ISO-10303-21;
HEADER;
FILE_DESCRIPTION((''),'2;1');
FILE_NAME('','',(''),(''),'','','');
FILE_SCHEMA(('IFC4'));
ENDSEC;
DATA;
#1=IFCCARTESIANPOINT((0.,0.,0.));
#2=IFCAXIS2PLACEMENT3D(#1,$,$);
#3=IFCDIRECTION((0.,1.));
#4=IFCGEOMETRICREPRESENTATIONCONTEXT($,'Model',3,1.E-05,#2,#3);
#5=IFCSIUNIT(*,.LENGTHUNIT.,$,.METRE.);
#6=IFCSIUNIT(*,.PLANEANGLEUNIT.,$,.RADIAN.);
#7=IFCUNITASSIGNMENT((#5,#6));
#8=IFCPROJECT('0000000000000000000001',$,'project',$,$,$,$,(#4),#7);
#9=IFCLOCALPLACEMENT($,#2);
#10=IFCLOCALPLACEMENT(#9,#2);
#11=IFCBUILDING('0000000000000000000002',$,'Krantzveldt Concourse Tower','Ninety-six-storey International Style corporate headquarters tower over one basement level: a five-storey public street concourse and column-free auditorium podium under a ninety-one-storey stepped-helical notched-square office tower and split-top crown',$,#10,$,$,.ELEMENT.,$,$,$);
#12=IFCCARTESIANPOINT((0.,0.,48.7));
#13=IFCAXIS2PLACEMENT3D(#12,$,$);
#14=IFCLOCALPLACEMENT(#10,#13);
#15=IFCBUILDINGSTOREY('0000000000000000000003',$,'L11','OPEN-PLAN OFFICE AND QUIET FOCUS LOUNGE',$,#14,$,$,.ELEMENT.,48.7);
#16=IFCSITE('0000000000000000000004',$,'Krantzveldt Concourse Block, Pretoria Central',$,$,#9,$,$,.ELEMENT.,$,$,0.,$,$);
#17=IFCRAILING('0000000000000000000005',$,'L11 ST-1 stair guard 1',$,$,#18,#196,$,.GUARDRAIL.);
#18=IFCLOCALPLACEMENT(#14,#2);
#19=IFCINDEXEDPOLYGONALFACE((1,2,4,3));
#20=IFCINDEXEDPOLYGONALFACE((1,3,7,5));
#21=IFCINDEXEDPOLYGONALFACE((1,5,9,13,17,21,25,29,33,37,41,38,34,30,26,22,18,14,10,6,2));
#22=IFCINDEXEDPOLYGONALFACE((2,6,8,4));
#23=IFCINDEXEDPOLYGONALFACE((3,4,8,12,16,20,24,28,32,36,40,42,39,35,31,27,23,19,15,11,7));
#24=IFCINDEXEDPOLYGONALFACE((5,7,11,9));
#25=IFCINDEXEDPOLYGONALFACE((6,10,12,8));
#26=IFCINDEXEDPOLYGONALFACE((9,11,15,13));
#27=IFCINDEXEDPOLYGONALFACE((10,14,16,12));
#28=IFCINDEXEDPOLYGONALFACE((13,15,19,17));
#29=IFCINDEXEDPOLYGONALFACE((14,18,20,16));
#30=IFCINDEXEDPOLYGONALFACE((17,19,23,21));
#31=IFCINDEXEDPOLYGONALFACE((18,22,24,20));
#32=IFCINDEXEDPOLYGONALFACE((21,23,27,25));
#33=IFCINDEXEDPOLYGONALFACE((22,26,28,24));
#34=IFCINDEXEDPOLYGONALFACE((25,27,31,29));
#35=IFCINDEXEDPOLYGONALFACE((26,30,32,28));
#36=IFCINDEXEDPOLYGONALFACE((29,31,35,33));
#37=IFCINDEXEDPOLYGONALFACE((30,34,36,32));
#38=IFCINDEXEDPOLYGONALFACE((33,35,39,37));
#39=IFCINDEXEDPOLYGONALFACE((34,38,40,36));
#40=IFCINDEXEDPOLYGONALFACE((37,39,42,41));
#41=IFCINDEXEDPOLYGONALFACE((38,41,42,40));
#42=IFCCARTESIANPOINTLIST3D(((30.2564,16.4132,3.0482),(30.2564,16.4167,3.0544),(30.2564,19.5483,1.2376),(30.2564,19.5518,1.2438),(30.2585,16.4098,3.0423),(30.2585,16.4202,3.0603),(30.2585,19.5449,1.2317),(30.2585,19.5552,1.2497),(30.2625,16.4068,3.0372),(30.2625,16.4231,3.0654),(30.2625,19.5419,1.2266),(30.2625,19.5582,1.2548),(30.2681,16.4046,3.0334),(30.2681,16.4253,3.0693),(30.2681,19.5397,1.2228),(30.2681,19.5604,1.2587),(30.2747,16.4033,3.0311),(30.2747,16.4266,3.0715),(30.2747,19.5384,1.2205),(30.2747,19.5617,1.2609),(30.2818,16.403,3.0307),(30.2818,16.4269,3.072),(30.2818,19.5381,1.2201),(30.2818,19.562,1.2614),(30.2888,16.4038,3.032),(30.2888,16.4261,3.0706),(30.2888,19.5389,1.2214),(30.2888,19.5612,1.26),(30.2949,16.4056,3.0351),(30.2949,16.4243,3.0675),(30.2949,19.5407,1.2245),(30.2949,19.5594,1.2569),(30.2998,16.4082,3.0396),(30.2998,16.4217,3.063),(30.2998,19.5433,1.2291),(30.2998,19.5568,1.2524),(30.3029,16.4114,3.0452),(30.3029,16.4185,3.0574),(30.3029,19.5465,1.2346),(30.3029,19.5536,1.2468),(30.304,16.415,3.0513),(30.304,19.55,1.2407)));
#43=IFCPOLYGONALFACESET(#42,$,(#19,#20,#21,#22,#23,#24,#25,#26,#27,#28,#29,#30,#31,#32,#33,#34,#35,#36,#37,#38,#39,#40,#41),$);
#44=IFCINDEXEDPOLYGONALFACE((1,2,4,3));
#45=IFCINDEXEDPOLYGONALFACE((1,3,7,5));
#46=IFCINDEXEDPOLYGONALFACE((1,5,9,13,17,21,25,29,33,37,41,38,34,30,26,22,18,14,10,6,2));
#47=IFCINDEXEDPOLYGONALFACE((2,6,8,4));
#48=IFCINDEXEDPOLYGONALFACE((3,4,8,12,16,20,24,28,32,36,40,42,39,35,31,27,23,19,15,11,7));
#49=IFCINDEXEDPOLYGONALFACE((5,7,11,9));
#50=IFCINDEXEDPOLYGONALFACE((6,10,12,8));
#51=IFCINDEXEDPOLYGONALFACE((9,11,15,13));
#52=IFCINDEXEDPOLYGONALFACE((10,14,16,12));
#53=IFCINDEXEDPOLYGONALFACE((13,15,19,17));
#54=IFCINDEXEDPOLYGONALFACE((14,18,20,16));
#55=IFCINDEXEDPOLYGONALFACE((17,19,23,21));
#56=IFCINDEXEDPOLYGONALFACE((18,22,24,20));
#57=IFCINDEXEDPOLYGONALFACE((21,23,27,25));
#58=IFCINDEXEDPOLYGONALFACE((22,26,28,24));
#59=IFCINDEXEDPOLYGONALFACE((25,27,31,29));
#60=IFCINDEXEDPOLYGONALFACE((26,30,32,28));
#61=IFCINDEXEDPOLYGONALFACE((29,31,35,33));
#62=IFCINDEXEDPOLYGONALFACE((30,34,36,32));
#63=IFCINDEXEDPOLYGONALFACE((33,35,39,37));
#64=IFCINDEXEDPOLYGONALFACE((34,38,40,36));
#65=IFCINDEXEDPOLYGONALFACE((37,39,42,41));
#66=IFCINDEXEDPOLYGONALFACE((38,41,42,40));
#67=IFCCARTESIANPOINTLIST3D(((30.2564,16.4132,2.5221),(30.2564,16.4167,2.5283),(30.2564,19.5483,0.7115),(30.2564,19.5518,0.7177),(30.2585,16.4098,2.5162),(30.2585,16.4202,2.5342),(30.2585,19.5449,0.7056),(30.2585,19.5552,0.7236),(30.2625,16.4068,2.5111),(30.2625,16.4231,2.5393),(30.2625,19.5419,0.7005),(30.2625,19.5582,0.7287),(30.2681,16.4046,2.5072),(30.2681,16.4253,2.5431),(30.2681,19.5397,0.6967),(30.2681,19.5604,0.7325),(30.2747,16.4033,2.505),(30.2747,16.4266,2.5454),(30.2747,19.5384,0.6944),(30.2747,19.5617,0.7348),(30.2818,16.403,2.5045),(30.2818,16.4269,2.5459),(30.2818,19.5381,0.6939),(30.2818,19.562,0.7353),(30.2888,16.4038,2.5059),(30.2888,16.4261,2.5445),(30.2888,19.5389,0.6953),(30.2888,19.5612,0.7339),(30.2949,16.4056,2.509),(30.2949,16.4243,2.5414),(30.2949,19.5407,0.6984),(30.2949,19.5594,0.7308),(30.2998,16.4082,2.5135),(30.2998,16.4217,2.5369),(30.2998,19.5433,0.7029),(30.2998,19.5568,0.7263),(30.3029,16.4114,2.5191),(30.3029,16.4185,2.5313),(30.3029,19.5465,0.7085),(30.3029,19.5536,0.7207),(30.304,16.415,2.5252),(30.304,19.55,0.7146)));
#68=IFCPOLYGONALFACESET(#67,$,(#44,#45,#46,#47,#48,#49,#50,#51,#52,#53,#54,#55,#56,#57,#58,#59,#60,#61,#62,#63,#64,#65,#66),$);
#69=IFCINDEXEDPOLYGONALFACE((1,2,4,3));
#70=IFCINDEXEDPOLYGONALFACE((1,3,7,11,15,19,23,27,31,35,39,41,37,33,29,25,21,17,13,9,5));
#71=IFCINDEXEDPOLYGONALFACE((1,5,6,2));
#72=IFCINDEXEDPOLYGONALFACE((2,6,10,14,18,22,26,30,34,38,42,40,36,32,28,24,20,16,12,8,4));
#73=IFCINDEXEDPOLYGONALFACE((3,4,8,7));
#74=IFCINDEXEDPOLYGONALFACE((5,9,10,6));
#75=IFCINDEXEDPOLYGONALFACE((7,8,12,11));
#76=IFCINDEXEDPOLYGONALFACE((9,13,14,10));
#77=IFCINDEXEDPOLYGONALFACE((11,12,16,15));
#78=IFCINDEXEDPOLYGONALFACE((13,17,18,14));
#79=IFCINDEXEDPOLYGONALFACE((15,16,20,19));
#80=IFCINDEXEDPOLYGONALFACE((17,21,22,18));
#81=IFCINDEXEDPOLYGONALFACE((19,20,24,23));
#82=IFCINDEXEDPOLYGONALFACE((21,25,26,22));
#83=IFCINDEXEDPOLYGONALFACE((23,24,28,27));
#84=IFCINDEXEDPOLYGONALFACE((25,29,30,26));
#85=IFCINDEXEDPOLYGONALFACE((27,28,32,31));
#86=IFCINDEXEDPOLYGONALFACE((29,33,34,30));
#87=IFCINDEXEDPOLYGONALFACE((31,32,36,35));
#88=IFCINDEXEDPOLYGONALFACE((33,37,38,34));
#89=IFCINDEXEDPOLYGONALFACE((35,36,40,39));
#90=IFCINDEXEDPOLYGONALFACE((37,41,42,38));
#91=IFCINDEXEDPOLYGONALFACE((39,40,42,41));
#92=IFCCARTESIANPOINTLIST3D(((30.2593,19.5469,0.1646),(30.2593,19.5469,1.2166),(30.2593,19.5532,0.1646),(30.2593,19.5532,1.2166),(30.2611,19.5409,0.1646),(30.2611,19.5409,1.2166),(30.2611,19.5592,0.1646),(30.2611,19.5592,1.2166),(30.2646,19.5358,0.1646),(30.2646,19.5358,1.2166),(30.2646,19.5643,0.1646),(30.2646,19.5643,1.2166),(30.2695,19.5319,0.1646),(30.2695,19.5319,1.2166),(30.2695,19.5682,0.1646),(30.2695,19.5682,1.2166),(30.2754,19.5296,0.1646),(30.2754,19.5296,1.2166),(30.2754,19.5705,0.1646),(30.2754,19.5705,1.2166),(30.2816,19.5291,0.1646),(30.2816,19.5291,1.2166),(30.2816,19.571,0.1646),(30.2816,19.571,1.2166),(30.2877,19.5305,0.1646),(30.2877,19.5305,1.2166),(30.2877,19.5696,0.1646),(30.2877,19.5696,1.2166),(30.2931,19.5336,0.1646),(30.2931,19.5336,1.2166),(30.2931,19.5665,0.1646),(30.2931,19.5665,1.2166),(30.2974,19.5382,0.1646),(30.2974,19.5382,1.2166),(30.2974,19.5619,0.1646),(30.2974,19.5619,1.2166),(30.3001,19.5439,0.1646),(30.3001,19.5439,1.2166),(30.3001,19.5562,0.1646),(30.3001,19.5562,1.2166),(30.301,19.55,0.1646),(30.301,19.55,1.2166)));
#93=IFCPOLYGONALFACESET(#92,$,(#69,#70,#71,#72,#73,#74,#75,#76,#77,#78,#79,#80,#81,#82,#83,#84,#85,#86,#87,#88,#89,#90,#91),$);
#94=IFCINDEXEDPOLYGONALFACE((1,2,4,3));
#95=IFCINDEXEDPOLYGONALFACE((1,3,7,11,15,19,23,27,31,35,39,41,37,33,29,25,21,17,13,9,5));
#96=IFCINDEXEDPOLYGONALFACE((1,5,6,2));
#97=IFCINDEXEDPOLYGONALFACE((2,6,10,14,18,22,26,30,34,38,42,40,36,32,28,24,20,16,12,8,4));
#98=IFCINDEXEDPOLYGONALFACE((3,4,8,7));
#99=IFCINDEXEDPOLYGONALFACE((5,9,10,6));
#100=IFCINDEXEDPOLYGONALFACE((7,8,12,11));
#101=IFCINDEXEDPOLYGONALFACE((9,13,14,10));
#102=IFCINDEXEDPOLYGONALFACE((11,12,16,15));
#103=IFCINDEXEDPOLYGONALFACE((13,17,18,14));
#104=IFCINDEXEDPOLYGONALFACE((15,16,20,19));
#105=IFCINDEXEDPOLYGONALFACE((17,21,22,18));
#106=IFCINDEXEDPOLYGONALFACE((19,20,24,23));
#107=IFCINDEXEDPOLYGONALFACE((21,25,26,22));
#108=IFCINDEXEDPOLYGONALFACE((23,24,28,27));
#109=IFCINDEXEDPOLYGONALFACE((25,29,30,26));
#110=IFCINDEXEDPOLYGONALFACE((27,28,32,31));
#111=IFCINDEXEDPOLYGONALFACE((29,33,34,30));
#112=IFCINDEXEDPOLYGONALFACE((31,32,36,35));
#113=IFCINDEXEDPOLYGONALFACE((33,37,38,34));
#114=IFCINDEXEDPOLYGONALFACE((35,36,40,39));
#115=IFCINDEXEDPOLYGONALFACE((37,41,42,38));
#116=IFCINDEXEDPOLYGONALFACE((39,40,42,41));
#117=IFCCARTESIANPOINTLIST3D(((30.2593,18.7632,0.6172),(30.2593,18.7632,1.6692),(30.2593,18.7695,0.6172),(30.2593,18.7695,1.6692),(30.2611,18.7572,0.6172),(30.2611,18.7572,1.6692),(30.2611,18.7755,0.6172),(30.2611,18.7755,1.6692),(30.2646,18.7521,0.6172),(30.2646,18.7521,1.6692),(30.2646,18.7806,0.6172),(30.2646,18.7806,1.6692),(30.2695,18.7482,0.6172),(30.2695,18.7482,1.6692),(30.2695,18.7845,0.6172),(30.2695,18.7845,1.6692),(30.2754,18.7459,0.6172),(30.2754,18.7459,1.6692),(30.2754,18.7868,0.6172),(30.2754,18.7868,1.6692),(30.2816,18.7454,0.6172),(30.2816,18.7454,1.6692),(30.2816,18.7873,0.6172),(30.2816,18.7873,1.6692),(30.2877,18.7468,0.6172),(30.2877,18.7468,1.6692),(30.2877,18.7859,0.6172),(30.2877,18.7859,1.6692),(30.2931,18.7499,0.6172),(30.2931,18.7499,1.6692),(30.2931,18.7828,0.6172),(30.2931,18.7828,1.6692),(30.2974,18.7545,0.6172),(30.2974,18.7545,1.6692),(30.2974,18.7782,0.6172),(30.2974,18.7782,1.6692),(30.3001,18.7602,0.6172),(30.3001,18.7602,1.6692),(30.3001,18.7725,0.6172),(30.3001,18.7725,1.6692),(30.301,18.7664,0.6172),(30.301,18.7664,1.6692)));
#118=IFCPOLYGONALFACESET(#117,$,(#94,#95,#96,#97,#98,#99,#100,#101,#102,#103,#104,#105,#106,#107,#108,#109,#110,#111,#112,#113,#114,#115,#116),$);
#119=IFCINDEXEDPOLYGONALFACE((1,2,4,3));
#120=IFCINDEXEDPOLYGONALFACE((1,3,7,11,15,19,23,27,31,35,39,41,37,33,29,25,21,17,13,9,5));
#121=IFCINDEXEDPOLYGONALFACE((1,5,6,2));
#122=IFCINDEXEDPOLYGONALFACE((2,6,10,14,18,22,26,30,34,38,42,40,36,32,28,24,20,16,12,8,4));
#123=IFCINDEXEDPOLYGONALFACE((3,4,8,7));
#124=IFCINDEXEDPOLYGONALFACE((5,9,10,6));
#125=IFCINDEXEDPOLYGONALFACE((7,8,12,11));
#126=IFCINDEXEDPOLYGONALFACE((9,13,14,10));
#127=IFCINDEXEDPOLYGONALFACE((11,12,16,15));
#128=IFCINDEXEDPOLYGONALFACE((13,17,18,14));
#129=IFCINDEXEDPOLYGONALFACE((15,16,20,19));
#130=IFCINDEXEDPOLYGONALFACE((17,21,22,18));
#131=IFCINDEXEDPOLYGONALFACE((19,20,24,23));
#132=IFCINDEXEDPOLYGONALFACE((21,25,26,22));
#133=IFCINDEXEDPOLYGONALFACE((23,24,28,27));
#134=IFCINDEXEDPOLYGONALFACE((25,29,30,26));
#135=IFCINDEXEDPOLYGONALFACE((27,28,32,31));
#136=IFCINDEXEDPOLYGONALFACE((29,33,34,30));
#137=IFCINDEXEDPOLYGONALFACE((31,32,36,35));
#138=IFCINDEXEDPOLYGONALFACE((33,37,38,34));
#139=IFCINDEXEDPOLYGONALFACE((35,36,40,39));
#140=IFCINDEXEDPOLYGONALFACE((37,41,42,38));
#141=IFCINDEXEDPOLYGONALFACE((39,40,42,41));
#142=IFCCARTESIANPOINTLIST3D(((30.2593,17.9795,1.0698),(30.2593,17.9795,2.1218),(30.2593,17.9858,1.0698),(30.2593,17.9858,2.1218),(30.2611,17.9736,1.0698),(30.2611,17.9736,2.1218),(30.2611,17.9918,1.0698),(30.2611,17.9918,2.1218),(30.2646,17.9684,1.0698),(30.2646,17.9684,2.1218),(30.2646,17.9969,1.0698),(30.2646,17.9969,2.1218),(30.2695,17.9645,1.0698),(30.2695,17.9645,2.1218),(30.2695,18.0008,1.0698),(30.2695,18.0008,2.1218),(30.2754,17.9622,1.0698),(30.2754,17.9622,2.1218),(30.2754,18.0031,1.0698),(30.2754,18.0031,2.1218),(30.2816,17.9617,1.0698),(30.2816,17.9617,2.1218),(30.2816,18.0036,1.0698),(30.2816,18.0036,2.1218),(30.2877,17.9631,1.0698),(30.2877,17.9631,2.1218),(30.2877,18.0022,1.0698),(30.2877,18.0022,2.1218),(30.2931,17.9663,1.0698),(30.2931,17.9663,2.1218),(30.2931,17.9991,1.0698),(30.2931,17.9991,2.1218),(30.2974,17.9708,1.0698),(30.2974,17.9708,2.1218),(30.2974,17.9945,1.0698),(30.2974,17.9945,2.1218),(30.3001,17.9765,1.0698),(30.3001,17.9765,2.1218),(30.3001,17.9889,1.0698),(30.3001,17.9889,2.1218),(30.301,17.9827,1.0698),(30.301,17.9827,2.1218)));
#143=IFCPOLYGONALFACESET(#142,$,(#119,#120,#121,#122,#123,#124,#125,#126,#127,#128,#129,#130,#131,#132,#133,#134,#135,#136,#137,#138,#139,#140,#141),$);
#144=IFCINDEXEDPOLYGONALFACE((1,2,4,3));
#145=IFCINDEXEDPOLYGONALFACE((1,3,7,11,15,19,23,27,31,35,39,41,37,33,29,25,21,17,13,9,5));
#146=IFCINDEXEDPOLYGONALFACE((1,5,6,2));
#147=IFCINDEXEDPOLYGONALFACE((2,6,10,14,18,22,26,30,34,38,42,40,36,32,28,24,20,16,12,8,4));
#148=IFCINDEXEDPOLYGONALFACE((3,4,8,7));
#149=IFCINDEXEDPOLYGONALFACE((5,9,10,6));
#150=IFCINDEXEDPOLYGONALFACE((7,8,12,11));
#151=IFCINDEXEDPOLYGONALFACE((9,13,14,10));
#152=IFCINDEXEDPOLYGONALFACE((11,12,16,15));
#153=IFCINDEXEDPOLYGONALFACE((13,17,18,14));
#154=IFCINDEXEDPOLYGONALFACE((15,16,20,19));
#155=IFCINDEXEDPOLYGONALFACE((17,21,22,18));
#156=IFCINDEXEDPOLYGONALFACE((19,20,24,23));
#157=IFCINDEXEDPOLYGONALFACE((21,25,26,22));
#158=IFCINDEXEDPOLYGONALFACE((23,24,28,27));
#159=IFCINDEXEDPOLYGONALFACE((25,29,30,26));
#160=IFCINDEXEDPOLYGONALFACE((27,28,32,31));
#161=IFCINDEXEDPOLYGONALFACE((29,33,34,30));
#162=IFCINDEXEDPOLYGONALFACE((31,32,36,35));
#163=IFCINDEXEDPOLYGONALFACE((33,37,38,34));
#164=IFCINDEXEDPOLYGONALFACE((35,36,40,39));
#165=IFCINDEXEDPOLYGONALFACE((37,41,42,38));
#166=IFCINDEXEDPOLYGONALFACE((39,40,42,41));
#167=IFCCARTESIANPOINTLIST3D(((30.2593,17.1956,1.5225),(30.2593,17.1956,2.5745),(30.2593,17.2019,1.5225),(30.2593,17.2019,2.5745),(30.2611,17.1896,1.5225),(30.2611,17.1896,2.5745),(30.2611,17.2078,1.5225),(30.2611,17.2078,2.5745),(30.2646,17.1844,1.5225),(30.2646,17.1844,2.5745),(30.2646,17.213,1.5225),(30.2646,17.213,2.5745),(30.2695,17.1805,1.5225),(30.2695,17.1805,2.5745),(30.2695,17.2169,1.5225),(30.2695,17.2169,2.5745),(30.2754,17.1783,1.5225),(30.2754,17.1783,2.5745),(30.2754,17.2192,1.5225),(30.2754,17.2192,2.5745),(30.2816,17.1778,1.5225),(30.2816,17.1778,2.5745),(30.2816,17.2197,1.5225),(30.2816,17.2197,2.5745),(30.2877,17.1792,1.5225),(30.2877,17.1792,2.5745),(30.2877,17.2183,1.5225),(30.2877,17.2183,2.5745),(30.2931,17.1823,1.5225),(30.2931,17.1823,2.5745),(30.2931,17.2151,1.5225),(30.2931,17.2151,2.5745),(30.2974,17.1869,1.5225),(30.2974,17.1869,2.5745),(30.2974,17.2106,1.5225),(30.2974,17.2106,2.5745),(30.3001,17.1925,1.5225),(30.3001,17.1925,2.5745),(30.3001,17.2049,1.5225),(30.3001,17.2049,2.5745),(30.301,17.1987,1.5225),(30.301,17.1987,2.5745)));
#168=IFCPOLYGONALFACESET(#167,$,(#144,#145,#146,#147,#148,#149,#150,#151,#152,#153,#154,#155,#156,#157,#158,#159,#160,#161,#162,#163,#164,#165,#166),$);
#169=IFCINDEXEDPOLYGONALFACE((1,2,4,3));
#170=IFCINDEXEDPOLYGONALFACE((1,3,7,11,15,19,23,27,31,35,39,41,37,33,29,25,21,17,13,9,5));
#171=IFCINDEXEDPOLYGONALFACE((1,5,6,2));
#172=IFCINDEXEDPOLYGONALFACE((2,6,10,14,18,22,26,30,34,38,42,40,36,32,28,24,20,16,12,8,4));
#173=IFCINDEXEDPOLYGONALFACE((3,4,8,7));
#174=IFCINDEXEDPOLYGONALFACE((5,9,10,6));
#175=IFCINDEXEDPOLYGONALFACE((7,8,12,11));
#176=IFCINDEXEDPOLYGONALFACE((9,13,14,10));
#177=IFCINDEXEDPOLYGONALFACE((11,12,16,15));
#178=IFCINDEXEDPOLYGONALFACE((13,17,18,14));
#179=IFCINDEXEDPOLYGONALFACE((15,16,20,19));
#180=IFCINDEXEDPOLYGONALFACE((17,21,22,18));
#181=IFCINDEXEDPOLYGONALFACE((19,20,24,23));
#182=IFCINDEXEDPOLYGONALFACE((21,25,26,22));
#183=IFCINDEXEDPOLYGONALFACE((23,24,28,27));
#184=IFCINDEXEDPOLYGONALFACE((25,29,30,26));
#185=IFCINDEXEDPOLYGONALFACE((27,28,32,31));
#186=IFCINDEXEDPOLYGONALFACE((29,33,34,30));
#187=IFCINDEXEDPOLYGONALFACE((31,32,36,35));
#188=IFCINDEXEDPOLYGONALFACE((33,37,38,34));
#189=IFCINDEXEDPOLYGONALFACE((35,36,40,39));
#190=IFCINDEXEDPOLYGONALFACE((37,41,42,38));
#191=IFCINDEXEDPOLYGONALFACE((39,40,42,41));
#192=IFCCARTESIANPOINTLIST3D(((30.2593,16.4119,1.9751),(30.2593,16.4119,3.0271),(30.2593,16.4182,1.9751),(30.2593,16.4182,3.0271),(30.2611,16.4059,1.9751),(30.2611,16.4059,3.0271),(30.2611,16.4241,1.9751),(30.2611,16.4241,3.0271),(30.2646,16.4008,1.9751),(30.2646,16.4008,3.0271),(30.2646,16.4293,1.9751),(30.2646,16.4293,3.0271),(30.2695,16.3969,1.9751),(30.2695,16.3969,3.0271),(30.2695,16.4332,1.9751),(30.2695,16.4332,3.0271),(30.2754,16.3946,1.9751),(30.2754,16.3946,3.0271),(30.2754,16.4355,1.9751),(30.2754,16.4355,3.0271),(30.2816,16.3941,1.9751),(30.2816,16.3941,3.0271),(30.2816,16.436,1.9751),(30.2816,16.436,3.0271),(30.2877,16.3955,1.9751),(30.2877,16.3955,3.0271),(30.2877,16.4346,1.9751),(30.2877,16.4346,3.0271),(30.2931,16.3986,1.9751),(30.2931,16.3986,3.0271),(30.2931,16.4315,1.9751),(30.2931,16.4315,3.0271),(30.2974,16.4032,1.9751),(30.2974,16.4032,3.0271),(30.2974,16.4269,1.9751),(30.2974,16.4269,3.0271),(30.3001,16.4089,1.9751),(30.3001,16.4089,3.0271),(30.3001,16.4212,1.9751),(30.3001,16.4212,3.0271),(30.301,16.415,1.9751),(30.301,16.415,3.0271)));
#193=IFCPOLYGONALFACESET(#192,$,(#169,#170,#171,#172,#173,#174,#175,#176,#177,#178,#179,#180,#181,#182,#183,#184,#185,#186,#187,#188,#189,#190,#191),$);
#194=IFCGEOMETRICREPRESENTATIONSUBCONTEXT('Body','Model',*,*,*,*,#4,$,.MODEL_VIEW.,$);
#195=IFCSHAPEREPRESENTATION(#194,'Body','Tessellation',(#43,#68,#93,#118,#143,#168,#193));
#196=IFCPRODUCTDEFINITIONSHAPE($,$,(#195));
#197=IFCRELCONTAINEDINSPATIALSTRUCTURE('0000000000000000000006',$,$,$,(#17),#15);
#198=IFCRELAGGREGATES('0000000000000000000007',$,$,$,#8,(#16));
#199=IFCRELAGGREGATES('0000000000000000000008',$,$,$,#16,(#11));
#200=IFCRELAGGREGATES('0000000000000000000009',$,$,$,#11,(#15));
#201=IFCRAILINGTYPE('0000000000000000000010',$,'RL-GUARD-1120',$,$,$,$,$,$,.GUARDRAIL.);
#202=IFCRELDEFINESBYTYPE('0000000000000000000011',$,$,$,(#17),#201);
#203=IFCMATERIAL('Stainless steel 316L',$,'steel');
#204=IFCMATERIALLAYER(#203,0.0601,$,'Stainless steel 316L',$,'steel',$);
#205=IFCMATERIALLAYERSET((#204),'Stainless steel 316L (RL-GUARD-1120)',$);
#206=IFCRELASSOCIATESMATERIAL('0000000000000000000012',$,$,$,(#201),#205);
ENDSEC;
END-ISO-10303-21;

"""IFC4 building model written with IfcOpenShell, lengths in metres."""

from ifc_helpers import new_model, si_unit, direction, frame, origin, origin_2d, place, context, subcontext, project, spatial, circle, extrude, material, layer, layer_set, type_object, element, save


model = new_model("IFC4")

# Units and contexts
model_context = context("Model", 3, precision=1e-05, world=origin(), true_north=direction((0.0, 1.0)))
body_context = subcontext(model_context, "Body", "Model", "MODEL_VIEW")
ifc_project = project(units=[si_unit("LENGTHUNIT", "METRE"), si_unit("PLANEANGLEUNIT", "RADIAN")], contexts=[model_context])

# Site, building, storey
site_placement = place(None, origin())
site = spatial("IfcSite", under=ifc_project, at=site_placement, Name="Krantzveldt Concourse Block, Pretoria Central", CompositionType="ELEMENT", RefElevation=0.0)
building_placement = place(site_placement, origin())
building = spatial("IfcBuilding", under=site, at=building_placement, Name="Krantzveldt Concourse Tower", Description="Ninety-six-storey International Style corporate headquarters tower over one basement level: a five-storey public street concourse and column-free auditorium podium under a ninety-one-storey stepped-helical notched-square office tower and split-top crown", CompositionType="ELEMENT")
storey_placement = place(building_placement, frame((0.0, 0.0, 48.7)))
storey = spatial("IfcBuildingStorey", under=building, at=storey_placement, Name="L11", Description="OPEN-PLAN OFFICE AND QUIET FOCUS LOUNGE", CompositionType="ELEMENT", Elevation=48.7)

# Railing
ifc_material_1 = material(Name="Stainless steel 316L", Category="steel")
ifc_layer_1 = layer(ifc_material_1, 0.0601, Name="Stainless steel 316L", Category="steel")
ifc_layer_set_1 = layer_set([ifc_layer_1], Name="Stainless steel 316L (RL-GUARD-1120)")
railing_type_1 = type_object("IfcRailingType", Name="RL-GUARD-1120", PredefinedType="GUARDRAIL", material=ifc_layer_set_1)
railing_1_placement = place(storey_placement, frame((30.28, 19.55, 0.1646)))
element("IfcRailing", 1, at=railing_1_placement, inside=storey, type_object=railing_type_1, Name="L11 ST-1 stair guard 1", PredefinedType="GUARDRAIL", context=body_context, shape_type="SweptSolid", body=[
    extrude(circle(Radius=0.0239, at=origin_2d()), frame((0.0, 0.0, 1.0762), z_axis=(0.0, -0.86596, 0.500114), x_axis=(1.0, 0.0, 0.0)), (0.0, 0.0, 1.0), 3.6204),
    extrude(circle(Radius=0.0239, at=origin_2d()), frame((0.0, 0.0, 0.55), z_axis=(0.0, -0.86596, 0.500114), x_axis=(1.0, 0.0, 0.0)), (0.0, 0.0, 1.0), 3.6204),
    extrude(circle(Radius=0.021, at=origin_2d()), origin(), (0.0, 0.0, 1.0), 1.052),
    extrude(circle(Radius=0.021, at=origin_2d()), frame((0.0, -0.7837, 0.4526)), (0.0, 0.0, 1.0), 1.052),
    extrude(circle(Radius=0.021, at=origin_2d()), frame((0.0, -1.5674, 0.9053)), (0.0, 0.0, 1.0), 1.052),
    extrude(circle(Radius=0.021, at=origin_2d()), frame((0.0, -2.3513, 1.3579)), (0.0, 0.0, 1.0), 1.052),
    extrude(circle(Radius=0.021, at=origin_2d()), frame((0.0, -3.135, 1.8105)), (0.0, 0.0, 1.0), 1.052),
])

save(model, "model.ifc")
